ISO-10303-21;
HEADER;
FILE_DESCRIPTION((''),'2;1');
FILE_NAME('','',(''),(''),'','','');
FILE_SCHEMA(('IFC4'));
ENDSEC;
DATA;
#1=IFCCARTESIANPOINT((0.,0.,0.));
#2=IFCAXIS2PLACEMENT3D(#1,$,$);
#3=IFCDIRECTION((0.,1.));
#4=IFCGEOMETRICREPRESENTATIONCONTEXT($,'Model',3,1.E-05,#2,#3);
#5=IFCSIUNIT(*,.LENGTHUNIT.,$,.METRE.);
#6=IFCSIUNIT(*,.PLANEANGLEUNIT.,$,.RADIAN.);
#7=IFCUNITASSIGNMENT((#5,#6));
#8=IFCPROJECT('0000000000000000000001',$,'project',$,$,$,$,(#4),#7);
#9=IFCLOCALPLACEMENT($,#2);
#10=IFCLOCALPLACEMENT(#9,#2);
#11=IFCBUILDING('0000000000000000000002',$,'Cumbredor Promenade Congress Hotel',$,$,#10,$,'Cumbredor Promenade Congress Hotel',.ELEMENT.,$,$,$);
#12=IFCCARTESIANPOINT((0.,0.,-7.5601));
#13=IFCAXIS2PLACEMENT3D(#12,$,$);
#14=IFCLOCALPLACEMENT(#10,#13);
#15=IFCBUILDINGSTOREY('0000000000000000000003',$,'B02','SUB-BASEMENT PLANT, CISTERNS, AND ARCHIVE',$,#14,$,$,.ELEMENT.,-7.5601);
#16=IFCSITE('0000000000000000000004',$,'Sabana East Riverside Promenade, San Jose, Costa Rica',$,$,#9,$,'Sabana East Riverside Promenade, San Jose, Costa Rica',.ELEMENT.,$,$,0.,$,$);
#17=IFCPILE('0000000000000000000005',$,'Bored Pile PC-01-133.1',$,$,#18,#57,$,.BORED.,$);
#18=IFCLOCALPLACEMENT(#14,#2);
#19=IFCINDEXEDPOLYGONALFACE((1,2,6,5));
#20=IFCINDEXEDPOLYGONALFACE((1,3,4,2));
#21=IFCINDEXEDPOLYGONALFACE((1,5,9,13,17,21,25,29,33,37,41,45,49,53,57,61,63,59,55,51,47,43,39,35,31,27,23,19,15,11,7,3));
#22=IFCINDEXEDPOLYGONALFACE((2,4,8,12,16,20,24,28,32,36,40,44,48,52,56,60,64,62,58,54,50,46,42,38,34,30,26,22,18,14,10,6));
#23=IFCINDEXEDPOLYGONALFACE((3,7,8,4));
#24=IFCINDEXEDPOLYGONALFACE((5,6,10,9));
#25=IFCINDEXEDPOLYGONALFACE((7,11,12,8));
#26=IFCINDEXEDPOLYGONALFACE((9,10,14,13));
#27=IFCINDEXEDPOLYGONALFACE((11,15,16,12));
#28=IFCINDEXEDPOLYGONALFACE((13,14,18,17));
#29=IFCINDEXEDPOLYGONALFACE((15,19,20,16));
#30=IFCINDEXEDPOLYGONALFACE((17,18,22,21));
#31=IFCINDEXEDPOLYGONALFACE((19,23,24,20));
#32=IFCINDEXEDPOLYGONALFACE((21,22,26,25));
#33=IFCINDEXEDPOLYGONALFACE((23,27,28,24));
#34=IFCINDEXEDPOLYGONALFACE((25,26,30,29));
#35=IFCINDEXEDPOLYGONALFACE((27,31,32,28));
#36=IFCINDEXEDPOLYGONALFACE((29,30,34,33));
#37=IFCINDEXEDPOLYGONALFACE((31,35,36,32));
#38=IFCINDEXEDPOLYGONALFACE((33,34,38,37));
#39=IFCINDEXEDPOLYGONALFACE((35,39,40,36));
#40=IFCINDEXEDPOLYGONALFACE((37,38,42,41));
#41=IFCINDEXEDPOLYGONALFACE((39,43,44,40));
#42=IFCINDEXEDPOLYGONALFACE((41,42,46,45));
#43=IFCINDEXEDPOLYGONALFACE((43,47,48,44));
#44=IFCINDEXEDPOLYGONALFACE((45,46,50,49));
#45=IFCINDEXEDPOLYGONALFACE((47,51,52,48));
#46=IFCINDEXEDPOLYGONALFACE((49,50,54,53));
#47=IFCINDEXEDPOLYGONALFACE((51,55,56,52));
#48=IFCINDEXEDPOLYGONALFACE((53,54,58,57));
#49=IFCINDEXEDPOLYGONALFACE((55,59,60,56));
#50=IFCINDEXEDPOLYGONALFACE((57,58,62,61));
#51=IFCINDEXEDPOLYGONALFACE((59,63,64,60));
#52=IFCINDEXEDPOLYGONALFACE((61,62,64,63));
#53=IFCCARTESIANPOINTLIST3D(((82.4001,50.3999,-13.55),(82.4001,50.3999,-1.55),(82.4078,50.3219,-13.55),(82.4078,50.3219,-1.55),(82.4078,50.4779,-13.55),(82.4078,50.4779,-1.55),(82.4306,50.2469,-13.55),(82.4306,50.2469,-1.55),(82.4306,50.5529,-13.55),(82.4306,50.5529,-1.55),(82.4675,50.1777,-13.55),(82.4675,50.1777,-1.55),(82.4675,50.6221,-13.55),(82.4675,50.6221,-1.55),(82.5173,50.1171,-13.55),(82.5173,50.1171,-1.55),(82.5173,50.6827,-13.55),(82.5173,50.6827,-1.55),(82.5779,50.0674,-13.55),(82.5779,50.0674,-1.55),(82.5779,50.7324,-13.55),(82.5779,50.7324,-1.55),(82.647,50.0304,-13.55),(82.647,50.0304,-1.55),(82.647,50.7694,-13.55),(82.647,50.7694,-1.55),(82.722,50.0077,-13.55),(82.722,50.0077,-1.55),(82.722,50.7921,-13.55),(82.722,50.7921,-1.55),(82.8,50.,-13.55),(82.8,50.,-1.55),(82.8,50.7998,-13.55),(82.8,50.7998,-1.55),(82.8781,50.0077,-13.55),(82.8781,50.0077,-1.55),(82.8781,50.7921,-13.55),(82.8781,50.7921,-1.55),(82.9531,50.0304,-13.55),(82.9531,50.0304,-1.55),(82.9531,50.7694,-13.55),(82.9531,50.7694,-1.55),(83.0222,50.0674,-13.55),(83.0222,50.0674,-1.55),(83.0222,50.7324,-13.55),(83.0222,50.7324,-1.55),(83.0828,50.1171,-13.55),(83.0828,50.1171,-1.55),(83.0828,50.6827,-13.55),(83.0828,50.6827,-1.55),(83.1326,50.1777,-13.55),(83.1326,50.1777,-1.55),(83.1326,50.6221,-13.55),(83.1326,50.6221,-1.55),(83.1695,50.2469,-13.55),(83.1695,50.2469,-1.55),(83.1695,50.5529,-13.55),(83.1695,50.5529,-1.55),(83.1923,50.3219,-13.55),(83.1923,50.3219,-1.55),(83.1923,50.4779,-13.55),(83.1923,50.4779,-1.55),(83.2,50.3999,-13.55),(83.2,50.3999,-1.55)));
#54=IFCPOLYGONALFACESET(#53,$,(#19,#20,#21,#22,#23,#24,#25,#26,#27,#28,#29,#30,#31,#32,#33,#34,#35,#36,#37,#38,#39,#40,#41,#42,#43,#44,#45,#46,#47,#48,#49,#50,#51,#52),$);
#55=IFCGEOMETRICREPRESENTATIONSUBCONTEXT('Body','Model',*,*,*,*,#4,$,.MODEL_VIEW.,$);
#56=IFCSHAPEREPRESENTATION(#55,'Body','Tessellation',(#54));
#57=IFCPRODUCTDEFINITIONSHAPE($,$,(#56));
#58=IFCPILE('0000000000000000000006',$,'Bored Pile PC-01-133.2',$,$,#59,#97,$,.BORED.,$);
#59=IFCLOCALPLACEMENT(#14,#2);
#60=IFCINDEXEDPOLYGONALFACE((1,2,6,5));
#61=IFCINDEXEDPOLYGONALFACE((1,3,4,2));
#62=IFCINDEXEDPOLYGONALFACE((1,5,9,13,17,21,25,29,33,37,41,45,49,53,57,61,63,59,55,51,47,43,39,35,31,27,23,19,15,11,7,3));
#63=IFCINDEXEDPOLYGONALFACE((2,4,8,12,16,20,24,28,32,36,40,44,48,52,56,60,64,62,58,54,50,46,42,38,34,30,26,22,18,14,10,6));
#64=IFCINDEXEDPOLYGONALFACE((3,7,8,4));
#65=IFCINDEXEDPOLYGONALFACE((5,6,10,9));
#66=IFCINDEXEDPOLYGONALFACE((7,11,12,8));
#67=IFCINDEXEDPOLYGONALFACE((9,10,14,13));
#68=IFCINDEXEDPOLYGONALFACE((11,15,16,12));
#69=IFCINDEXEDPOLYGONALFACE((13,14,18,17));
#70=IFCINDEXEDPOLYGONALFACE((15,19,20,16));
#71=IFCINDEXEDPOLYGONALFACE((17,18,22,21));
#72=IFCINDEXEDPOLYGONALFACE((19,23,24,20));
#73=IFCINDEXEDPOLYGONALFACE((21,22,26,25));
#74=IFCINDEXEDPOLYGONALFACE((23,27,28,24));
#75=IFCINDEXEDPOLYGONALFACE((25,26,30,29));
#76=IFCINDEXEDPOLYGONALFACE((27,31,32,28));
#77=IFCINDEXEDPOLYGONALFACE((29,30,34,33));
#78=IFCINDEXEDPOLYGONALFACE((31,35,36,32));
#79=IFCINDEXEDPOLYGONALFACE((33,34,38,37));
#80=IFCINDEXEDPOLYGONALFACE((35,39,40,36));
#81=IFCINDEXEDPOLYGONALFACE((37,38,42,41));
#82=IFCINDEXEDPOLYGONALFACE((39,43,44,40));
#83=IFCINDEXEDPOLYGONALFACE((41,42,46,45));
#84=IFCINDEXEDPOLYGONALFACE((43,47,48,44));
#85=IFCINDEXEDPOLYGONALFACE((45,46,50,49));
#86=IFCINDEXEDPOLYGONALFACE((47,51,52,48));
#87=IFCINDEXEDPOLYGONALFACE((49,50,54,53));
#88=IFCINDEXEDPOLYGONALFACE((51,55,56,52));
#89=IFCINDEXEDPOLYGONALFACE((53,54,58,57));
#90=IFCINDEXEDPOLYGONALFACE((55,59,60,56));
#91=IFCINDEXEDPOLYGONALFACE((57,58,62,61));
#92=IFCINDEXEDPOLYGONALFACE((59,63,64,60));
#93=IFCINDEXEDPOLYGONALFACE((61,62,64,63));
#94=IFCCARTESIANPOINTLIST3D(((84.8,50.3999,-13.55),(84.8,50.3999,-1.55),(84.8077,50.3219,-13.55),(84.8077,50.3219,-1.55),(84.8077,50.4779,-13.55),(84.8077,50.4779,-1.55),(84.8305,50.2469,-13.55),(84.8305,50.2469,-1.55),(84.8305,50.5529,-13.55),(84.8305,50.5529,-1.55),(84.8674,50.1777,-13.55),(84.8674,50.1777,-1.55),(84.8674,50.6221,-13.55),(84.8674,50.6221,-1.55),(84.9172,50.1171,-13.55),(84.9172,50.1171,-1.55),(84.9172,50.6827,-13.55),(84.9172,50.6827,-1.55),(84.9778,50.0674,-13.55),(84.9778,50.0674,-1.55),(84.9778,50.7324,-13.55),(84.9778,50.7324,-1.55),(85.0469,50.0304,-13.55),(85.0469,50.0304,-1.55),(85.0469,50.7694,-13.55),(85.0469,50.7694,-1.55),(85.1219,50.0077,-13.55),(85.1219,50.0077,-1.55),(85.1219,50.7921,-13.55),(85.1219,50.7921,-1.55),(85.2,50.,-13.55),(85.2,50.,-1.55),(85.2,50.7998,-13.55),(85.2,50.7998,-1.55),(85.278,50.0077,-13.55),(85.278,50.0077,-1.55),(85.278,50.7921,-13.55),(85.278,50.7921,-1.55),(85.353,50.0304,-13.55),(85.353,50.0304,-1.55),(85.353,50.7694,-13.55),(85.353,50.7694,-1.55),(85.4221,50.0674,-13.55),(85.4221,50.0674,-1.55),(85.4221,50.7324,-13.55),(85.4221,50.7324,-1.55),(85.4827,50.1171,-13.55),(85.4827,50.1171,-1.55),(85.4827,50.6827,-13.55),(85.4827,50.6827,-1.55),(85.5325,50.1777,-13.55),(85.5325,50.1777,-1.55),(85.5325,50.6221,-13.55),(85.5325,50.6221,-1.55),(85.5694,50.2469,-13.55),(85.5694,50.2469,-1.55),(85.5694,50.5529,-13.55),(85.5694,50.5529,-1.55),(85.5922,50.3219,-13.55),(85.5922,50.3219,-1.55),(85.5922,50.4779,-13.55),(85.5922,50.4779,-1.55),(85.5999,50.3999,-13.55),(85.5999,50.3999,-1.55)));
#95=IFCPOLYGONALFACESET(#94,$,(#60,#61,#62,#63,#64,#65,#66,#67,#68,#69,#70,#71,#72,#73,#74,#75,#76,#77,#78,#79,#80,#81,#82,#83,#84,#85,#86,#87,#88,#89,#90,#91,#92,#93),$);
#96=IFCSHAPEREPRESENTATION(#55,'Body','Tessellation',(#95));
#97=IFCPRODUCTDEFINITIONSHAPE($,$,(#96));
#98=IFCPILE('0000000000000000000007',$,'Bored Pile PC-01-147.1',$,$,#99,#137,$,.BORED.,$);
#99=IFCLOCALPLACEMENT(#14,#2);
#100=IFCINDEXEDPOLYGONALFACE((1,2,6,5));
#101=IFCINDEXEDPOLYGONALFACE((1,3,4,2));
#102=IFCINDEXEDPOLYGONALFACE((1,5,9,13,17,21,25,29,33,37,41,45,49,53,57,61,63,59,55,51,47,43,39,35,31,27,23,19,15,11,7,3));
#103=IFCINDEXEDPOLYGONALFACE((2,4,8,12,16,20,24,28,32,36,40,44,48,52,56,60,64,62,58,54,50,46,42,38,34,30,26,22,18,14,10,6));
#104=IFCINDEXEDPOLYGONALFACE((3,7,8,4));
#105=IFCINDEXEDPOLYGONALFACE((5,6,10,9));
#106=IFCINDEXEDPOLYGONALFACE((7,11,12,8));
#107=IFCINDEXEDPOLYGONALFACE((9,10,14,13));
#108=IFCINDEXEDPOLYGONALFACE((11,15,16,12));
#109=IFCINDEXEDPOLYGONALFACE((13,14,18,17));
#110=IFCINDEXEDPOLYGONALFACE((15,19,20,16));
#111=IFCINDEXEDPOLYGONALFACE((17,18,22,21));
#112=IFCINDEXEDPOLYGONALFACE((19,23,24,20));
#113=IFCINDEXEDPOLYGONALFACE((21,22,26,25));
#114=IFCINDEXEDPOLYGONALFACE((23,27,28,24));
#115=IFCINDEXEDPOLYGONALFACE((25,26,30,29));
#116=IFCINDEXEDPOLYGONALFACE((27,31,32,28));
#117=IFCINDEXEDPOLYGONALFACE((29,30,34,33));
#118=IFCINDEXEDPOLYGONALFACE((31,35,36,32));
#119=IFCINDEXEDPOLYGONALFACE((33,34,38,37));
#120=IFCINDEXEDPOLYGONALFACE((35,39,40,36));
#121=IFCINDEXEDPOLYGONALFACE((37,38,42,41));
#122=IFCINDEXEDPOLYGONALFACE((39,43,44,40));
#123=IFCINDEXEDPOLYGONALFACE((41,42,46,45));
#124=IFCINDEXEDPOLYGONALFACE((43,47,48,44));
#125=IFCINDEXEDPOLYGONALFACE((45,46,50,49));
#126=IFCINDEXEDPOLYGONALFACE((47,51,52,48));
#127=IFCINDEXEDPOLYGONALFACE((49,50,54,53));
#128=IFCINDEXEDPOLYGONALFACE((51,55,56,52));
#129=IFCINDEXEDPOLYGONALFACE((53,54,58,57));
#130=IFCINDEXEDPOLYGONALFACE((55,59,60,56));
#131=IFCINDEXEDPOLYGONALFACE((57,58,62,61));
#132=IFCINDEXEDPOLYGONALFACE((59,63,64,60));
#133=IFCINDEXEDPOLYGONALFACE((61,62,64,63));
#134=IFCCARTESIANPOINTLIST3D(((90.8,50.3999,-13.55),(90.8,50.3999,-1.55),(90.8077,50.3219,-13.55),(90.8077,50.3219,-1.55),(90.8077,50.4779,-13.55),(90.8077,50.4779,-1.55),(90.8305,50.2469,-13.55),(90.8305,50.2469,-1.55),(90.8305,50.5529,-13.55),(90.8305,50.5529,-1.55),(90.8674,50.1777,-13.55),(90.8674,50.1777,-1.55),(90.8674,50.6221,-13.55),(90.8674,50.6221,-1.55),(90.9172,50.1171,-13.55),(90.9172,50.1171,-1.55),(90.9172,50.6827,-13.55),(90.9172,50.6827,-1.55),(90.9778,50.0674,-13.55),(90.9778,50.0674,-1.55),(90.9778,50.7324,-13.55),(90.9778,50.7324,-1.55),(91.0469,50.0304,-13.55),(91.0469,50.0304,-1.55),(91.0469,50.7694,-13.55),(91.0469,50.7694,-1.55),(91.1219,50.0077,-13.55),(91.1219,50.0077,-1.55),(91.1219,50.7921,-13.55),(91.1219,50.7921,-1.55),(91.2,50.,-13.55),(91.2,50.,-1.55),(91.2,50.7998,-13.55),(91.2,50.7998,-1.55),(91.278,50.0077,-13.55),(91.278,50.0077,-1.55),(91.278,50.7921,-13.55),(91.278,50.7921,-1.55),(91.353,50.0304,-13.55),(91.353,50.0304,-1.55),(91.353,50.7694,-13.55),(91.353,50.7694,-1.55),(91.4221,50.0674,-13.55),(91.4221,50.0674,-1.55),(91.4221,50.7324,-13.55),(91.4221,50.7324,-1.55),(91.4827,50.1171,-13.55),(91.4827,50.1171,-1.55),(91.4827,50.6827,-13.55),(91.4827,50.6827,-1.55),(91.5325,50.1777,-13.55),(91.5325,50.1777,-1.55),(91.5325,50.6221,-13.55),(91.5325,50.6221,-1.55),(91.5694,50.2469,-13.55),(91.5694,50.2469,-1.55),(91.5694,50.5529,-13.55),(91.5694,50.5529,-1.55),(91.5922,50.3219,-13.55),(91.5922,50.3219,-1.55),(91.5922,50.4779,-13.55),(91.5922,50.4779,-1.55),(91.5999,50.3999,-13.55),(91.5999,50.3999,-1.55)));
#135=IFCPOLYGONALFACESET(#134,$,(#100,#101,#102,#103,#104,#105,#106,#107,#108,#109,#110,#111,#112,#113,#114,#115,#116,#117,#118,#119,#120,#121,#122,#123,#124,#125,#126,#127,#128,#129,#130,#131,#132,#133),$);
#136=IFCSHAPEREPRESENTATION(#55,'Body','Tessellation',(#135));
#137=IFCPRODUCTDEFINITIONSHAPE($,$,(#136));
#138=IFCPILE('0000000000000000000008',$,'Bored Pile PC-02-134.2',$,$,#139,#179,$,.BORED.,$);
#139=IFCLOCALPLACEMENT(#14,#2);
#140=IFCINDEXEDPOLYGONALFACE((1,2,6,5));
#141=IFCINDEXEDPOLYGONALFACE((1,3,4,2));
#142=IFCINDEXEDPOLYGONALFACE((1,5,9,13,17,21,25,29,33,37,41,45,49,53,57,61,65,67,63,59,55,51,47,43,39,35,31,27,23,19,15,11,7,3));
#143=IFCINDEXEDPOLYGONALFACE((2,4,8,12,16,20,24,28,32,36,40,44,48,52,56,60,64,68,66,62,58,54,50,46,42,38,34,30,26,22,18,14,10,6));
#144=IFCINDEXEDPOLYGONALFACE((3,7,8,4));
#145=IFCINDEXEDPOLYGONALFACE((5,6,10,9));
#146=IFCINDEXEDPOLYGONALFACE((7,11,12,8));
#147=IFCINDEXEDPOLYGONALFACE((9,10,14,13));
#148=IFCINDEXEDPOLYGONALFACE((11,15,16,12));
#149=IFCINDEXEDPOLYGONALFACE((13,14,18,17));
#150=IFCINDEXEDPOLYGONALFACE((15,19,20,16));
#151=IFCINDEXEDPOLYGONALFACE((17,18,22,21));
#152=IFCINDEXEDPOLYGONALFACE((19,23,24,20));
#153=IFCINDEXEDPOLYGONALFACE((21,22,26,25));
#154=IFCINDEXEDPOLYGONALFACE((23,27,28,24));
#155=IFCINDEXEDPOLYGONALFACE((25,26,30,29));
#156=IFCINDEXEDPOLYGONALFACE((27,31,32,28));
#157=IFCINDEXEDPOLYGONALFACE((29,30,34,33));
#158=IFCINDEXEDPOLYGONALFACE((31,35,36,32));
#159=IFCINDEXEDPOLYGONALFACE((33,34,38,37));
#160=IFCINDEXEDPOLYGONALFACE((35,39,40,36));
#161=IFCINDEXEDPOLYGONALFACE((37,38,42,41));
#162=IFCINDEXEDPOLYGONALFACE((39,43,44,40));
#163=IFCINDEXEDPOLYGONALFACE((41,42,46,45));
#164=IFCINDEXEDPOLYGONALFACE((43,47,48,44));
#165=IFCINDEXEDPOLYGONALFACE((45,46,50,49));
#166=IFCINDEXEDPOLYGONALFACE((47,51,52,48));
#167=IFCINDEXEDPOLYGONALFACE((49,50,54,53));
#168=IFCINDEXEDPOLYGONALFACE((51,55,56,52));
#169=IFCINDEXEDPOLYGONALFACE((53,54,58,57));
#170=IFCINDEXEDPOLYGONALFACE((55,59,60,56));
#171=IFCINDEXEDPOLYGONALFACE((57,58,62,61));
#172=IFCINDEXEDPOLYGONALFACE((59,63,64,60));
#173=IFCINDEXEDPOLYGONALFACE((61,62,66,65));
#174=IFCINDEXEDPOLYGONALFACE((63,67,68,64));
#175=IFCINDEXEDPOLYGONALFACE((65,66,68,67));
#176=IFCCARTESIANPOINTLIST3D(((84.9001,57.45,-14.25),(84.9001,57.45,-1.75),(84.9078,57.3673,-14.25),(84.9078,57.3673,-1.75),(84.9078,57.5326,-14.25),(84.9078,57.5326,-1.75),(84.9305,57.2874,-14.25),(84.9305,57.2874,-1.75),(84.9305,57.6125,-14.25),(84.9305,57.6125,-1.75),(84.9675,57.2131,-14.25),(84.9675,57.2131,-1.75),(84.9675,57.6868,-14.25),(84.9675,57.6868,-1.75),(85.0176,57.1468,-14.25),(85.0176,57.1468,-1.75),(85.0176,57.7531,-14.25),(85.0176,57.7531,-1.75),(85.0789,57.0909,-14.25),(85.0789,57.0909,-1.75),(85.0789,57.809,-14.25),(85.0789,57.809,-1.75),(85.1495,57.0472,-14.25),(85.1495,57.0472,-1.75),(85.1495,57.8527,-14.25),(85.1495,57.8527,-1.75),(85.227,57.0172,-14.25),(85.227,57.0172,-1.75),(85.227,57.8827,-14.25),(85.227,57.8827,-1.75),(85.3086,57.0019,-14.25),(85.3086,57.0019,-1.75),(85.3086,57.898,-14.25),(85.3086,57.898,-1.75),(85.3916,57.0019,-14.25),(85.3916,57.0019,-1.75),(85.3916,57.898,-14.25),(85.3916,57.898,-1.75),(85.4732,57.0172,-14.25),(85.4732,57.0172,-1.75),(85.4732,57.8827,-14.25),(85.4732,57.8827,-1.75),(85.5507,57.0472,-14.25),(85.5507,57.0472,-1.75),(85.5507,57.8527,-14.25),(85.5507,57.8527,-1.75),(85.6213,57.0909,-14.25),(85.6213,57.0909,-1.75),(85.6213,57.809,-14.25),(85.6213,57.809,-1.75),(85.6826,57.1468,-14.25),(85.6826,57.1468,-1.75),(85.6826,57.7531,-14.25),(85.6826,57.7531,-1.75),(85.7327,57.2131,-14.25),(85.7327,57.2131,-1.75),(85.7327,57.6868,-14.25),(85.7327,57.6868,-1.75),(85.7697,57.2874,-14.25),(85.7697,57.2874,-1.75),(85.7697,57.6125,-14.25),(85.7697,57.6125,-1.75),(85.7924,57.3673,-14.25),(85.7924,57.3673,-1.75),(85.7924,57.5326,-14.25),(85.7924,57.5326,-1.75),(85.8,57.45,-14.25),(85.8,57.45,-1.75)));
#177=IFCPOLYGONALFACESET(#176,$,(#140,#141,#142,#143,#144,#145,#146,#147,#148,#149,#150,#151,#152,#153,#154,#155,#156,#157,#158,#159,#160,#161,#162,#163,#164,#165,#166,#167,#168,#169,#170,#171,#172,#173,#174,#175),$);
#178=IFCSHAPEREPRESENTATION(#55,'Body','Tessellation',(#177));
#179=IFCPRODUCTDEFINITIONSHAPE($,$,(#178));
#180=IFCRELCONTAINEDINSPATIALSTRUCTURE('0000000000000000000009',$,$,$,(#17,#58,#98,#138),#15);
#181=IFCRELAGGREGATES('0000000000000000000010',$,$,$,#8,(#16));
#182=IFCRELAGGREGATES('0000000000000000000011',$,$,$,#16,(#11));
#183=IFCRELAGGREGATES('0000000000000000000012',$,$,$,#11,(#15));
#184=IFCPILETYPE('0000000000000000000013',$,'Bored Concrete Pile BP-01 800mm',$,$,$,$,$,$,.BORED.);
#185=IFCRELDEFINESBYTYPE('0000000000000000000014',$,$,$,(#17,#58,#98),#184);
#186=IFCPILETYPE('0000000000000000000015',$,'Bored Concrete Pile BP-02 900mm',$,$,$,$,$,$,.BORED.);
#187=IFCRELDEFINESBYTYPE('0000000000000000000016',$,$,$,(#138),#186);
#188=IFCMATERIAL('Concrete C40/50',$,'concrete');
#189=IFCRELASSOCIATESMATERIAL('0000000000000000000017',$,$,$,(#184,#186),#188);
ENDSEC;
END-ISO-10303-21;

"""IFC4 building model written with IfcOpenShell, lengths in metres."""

from ifc_helpers import new_model, si_unit, direction, frame, origin, origin_2d, place, context, subcontext, project, spatial, circle, extrude, material, material_profile, profile_set, type_object, element, save


model = new_model("IFC4")

# Units and contexts
model_context = context("Model", 3, precision=1e-05, world=origin(), true_north=direction((0.0, 1.0)))
body_context = subcontext(model_context, "Body", "Model", "MODEL_VIEW")
ifc_project = project(units=[si_unit("LENGTHUNIT", "METRE"), si_unit("PLANEANGLEUNIT", "RADIAN")], contexts=[model_context])

# Site, building, storey
site_placement = place(None, origin())
site = spatial("IfcSite", under=ifc_project, at=site_placement, Name="Sabana East Riverside Promenade, San Jose, Costa Rica", LongName="Sabana East Riverside Promenade, San Jose, Costa Rica", CompositionType="ELEMENT", RefElevation=0.0)
building_placement = place(site_placement, origin())
building = spatial("IfcBuilding", under=site, at=building_placement, Name="Cumbredor Promenade Congress Hotel", LongName="Cumbredor Promenade Congress Hotel", CompositionType="ELEMENT")
storey_placement = place(building_placement, frame((0.0, 0.0, -7.5601)))
storey = spatial("IfcBuildingStorey", under=building, at=storey_placement, Name="B02", Description="SUB-BASEMENT PLANT, CISTERNS, AND ARCHIVE", CompositionType="ELEMENT", Elevation=-7.5601)

# Piles
ifc_material_1 = material(Name="Concrete C40/50", Category="concrete")
ifc_material_profile_1 = material_profile(ifc_material_1, circle(Radius=0.3999, at=origin_2d()), Name="PILE D800")
ifc_profile_set_1 = profile_set([ifc_material_profile_1], Name="Concrete C40/50")
pile_type_1 = type_object("IfcPileType", Name="Bored Concrete Pile BP-01 800mm", PredefinedType="BORED", material=ifc_profile_set_1)
for number, where, z_axis, x_axis, name in (
    (1, (82.8, 50.3999, -1.55), (0.0, 0.0, -1.0), (1.0, 0.0, 0.0), "Bored Pile PC-01-133.1"),
    (2, (85.2, 50.3999, -1.55), (0.0, 0.0, -1.0), (1.0, 0.0, 0.0), "Bored Pile PC-01-133.2"),
    (3, (91.2, 50.3999, -1.55), (0.0, 0.0, -1.0), (1.0, 0.0, 0.0), "Bored Pile PC-01-147.1"),
):
    element("IfcPile", number, at=place(storey_placement, frame(where, z_axis=z_axis, x_axis=x_axis)), inside=storey, type_object=pile_type_1, Name=name, PredefinedType="BORED", context=body_context, shape_type="SweptSolid", body=[
        extrude(circle(Radius=0.3999, at=origin_2d()), origin(), (0.0, 0.0, 1.0), 12.0),
    ])
ifc_material_profile_2 = material_profile(ifc_material_1, circle(Radius=0.45, at=origin_2d()), Name="PILE D900")
ifc_profile_set_2 = profile_set([ifc_material_profile_2], Name="Concrete C40/50")
pile_type_2 = type_object("IfcPileType", Name="Bored Concrete Pile BP-02 900mm", PredefinedType="BORED", material=ifc_profile_set_2)
for number, where, z_axis, x_axis, name in (
    (4, (85.3501, 57.45, -1.75), (0.0, 0.0, -1.0), (1.0, 0.0, 0.0), "Bored Pile PC-02-134.2"),
):
    element("IfcPile", number, at=place(storey_placement, frame(where, z_axis=z_axis, x_axis=x_axis)), inside=storey, type_object=pile_type_2, Name=name, PredefinedType="BORED", context=body_context, shape_type="SweptSolid", body=[
        extrude(circle(Radius=0.45, at=origin_2d()), origin(), (0.0, 0.0, 1.0), 12.5),
    ])

save(model, "model.ifc")
